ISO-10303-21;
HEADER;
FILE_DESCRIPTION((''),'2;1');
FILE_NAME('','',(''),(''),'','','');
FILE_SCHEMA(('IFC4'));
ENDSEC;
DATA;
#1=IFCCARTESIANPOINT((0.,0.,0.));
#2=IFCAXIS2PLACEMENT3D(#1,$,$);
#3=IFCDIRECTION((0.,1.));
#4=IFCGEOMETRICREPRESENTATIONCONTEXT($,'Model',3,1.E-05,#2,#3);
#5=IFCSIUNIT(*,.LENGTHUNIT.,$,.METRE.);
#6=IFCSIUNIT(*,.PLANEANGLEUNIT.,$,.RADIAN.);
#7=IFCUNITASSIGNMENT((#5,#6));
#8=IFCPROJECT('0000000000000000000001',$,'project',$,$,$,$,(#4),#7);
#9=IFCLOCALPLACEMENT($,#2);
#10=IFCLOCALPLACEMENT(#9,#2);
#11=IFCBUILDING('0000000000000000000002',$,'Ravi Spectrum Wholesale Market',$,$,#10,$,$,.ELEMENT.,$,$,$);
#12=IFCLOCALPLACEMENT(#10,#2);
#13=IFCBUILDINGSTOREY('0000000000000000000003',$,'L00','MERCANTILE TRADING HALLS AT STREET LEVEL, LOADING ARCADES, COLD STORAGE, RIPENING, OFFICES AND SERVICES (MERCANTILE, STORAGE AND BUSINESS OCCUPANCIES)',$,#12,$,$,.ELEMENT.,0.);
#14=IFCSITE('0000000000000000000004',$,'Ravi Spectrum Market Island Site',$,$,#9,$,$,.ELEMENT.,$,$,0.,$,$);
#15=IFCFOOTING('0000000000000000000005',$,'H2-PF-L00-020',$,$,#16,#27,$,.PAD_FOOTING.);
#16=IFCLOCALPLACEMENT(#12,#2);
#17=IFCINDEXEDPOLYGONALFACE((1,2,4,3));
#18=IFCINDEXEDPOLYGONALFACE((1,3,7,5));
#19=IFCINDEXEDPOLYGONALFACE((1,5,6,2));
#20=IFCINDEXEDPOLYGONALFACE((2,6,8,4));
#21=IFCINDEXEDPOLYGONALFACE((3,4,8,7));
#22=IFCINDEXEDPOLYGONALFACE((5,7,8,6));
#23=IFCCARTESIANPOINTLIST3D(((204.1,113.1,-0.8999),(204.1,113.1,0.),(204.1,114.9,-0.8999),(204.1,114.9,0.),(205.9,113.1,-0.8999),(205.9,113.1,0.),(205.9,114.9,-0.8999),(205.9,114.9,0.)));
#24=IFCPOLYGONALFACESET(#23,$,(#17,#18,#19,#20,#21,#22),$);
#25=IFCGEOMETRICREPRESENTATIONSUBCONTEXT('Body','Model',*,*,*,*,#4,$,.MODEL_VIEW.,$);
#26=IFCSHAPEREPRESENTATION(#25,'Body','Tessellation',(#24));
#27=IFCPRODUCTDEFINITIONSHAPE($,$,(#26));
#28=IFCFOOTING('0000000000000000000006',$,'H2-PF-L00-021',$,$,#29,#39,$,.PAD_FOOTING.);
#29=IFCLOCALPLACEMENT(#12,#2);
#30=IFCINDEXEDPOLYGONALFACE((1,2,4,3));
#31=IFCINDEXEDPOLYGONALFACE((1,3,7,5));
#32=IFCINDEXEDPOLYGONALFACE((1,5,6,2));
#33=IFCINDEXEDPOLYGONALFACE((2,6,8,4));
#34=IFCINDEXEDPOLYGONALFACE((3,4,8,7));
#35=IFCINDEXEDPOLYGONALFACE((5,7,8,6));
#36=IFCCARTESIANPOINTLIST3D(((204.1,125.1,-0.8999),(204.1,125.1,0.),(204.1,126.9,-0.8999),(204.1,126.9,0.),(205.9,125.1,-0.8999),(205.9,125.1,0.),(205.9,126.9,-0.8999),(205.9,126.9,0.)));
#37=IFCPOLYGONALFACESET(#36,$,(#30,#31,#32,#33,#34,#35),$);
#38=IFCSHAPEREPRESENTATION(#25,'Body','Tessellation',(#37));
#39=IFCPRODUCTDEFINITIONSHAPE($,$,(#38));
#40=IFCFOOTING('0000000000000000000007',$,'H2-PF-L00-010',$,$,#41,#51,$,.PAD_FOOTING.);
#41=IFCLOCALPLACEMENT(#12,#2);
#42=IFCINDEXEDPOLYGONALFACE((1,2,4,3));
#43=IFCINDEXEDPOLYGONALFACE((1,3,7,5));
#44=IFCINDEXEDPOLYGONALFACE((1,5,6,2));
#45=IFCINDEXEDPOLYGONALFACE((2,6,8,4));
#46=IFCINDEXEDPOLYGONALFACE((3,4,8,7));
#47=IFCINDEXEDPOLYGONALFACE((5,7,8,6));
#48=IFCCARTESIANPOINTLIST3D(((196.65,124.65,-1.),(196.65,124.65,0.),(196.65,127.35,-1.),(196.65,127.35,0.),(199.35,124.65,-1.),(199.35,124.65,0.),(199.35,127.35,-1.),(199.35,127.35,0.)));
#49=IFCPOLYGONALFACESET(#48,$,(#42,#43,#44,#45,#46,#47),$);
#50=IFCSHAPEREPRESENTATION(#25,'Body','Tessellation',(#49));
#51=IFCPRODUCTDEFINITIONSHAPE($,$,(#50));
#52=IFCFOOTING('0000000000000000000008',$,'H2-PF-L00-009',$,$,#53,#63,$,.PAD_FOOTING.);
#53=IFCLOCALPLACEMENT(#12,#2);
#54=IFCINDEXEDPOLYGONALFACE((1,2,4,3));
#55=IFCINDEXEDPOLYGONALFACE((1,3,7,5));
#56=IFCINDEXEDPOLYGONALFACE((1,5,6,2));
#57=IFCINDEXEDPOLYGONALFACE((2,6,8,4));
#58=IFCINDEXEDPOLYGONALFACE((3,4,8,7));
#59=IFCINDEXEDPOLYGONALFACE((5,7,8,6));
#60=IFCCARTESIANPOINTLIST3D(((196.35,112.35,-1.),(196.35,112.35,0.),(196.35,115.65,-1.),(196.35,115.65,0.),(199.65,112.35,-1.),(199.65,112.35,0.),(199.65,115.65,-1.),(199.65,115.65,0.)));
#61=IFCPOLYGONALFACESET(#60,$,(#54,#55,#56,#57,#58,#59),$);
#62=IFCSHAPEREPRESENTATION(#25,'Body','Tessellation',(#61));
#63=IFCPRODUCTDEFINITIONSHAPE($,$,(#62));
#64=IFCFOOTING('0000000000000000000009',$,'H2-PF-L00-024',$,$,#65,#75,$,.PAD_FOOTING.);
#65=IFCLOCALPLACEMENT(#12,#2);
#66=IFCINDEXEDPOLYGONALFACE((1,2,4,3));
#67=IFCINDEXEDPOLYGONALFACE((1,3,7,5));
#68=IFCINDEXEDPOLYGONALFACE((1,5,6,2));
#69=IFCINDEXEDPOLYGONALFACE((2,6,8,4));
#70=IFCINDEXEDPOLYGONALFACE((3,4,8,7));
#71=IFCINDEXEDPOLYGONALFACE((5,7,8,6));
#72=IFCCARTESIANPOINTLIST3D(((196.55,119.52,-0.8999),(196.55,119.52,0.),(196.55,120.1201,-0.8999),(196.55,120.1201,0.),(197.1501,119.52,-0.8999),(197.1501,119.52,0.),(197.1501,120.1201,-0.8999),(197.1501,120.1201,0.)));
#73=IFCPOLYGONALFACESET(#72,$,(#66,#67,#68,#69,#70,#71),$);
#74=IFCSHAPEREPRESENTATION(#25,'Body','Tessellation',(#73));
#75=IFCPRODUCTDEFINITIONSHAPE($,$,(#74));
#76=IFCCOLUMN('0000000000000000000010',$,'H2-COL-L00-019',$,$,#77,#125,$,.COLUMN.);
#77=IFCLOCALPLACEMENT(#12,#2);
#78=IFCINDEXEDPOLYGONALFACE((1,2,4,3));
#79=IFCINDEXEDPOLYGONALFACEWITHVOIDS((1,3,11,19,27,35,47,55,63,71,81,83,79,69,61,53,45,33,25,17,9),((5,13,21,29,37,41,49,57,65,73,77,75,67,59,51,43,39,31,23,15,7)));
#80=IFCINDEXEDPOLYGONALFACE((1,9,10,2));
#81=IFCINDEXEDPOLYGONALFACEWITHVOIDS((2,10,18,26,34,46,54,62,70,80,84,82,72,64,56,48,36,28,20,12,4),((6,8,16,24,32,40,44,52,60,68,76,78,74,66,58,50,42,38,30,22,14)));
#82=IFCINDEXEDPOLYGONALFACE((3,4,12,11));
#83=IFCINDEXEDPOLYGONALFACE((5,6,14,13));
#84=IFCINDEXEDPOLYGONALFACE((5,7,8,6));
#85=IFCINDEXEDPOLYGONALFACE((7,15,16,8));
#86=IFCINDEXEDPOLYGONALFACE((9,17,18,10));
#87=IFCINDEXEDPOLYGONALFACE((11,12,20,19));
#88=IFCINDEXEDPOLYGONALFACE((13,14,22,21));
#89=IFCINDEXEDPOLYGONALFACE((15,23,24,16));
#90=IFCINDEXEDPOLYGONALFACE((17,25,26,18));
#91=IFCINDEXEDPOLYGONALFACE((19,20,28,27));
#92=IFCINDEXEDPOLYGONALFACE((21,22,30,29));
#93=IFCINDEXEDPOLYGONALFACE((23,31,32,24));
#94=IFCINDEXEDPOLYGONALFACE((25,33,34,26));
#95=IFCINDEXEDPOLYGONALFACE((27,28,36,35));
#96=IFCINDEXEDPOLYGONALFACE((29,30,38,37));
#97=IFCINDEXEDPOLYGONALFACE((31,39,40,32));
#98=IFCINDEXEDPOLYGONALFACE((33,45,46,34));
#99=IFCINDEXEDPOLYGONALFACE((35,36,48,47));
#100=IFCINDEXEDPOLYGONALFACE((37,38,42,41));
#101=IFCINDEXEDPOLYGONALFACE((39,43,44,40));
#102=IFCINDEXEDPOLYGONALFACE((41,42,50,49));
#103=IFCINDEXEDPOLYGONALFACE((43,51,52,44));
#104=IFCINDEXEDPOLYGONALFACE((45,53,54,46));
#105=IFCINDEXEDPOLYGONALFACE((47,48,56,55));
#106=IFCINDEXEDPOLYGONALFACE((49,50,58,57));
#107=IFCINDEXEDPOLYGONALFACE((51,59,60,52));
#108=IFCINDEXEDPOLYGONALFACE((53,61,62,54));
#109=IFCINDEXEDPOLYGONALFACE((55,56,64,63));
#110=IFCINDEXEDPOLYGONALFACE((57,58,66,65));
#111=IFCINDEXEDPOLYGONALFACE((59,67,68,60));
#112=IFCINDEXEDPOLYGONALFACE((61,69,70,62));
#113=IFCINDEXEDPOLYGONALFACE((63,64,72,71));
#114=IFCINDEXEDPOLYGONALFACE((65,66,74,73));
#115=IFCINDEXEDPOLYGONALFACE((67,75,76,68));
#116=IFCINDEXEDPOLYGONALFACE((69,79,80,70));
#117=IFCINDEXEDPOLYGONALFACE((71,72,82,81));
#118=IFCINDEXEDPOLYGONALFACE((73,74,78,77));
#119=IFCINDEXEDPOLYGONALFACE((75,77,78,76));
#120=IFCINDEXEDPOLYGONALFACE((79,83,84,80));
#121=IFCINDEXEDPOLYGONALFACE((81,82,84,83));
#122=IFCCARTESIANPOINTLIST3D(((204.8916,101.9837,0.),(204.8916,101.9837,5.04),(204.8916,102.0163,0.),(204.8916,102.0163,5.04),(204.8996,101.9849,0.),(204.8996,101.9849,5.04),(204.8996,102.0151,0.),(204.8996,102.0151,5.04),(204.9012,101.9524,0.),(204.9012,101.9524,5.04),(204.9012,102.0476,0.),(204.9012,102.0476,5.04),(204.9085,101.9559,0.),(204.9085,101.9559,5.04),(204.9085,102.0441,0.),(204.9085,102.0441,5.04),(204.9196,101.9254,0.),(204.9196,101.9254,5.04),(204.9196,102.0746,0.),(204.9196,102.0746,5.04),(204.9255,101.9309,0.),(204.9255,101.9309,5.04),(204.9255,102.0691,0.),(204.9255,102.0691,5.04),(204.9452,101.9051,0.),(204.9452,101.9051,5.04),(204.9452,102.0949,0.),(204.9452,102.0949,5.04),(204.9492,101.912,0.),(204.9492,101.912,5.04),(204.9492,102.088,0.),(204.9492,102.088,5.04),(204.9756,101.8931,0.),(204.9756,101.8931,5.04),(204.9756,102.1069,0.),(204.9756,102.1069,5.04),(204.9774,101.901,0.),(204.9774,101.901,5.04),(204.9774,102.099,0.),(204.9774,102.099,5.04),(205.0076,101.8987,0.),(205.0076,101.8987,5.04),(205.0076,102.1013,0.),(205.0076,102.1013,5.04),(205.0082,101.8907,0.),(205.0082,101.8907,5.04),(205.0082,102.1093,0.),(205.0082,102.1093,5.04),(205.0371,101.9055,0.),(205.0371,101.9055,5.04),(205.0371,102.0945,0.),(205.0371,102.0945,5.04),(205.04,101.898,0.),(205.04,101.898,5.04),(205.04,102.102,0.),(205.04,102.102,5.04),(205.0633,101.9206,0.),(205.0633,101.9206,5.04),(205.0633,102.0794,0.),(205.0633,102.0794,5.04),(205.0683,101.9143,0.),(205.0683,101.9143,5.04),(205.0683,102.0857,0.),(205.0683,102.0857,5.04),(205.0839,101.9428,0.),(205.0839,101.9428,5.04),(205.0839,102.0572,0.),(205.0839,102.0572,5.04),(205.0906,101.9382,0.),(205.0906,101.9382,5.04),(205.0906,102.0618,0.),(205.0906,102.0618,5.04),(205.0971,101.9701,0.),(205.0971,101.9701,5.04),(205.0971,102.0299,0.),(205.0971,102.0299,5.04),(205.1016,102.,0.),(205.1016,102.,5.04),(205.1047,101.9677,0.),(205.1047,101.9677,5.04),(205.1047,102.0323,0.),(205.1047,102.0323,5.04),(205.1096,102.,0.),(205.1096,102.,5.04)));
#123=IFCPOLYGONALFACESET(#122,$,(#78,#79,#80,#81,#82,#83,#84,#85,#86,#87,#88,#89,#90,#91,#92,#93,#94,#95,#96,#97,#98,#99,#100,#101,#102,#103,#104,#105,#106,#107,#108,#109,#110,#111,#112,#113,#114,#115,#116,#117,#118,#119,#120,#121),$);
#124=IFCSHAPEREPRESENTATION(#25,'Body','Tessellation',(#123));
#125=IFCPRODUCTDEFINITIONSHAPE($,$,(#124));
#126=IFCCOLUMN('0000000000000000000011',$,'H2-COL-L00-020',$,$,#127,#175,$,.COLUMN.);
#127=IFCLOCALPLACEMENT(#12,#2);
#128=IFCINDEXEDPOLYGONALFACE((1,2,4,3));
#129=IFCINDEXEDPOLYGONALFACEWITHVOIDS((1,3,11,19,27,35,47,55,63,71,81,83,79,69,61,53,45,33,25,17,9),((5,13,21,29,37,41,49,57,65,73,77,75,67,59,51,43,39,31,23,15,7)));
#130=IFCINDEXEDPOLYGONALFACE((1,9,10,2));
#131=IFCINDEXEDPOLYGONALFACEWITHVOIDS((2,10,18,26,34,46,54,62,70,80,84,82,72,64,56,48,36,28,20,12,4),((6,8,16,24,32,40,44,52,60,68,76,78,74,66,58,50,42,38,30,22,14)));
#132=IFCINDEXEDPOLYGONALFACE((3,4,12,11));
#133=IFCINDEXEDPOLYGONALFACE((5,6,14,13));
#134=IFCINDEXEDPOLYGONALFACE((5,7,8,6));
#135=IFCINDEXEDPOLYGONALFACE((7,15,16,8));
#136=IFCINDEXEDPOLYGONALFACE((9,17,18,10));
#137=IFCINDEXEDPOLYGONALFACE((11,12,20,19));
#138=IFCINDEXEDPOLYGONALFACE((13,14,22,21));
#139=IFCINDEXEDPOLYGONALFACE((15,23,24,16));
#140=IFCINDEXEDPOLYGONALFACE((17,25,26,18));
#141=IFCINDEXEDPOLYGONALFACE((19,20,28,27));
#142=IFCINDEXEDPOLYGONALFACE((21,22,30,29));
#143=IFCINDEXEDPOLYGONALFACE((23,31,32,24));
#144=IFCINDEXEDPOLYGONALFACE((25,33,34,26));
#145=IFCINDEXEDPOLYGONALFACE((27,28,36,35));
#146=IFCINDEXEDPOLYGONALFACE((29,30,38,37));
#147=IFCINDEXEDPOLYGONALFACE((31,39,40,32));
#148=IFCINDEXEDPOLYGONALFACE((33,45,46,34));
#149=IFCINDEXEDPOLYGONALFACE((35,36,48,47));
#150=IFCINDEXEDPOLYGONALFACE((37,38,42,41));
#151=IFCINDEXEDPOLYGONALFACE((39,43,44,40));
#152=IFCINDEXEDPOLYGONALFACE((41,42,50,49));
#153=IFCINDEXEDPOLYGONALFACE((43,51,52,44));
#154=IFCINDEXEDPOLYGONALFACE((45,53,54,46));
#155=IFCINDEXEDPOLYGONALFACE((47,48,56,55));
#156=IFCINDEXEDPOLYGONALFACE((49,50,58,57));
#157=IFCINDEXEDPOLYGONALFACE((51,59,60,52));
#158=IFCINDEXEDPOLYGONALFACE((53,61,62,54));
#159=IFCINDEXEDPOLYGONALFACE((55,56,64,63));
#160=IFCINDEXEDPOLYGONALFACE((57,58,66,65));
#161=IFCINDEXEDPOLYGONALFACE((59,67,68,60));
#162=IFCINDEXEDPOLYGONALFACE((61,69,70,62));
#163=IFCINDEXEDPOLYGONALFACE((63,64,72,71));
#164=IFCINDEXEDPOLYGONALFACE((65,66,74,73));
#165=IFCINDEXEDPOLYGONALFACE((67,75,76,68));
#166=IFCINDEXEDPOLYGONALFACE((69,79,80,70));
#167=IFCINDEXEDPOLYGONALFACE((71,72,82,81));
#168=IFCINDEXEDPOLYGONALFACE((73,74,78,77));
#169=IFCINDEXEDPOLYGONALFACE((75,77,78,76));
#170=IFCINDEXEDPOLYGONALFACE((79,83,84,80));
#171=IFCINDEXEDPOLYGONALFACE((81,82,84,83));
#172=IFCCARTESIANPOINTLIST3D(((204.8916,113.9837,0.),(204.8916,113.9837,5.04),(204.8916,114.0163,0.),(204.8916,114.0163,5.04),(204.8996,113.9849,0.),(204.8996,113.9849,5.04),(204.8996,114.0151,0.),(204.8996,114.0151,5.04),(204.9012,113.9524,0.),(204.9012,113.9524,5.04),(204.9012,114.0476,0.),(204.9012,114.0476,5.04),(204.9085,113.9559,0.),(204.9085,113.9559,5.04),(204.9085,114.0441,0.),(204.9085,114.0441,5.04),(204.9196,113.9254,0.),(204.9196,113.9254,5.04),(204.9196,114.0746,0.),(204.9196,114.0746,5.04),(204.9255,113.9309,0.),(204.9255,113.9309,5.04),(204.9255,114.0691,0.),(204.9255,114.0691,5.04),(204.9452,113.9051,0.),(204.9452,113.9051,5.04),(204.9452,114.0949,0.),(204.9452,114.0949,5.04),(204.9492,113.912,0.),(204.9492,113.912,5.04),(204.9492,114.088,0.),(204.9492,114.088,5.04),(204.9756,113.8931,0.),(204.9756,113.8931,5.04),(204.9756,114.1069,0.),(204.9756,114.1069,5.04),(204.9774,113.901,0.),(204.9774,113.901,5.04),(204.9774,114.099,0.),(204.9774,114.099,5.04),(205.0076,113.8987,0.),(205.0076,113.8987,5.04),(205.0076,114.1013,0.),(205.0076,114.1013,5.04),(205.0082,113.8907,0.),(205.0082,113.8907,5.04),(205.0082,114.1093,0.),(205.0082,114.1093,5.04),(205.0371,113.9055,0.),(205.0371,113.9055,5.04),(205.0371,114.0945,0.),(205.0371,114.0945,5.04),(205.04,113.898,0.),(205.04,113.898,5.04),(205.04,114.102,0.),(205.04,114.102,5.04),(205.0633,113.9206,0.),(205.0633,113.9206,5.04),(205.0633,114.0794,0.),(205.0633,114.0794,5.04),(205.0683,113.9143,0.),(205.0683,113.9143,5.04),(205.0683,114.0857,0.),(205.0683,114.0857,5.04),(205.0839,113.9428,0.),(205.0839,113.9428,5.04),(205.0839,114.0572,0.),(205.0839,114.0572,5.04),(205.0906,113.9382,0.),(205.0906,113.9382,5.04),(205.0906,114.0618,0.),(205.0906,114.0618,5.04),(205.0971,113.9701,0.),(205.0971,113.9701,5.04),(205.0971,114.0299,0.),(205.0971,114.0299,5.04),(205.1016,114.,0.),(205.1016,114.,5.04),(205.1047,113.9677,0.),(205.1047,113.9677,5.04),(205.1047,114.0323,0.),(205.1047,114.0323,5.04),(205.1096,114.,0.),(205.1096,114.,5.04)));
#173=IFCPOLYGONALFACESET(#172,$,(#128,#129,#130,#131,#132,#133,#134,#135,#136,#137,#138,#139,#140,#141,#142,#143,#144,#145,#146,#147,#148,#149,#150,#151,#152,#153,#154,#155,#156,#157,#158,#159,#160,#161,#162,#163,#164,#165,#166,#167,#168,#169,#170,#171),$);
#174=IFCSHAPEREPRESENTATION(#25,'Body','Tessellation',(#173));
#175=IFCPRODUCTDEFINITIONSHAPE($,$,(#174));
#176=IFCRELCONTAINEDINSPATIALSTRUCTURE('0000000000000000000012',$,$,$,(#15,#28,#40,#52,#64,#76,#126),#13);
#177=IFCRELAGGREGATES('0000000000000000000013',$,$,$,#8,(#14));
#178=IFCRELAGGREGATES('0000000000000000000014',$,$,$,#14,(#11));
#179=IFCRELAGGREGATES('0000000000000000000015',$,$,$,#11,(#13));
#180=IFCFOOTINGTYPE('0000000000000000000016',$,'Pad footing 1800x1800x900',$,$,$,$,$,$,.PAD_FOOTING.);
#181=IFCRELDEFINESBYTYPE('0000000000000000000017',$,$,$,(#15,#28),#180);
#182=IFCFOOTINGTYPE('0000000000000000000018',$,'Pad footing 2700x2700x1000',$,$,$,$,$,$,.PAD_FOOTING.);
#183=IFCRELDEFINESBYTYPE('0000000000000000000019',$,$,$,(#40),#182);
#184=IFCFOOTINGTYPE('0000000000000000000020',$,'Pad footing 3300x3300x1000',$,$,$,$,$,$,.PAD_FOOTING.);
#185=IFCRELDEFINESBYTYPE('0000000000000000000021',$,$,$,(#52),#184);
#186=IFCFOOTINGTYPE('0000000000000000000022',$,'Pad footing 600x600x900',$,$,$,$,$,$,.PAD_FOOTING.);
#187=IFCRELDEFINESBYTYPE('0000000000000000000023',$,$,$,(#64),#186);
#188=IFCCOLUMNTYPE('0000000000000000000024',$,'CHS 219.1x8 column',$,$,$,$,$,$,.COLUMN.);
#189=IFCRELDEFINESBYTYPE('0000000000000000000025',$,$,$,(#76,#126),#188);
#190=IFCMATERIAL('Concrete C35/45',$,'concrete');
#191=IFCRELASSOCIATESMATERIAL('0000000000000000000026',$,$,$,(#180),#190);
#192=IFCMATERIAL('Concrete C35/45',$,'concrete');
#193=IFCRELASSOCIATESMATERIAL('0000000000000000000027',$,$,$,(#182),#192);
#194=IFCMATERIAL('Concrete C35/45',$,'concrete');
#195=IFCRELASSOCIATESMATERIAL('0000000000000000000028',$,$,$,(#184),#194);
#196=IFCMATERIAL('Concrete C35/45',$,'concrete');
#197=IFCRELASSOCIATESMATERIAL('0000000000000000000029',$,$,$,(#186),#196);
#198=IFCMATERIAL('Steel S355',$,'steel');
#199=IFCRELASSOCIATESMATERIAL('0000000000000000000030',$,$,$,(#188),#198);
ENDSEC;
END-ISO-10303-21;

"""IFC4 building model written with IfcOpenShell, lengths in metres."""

from ifc_helpers import new_model, si_unit, direction, frame, origin, origin_2d, place, context, subcontext, project, spatial, rectangle, hollow_circle, extrude, material, material_profile, profile_set, type_object, element, save


model = new_model("IFC4")

# Units and contexts
model_context = context("Model", 3, precision=1e-05, world=origin(), true_north=direction((0.0, 1.0)))
body_context = subcontext(model_context, "Body", "Model", "MODEL_VIEW")
ifc_project = project(units=[si_unit("LENGTHUNIT", "METRE"), si_unit("PLANEANGLEUNIT", "RADIAN")], contexts=[model_context])

# Site, building, storey
site_placement = place(None, origin())
site = spatial("IfcSite", under=ifc_project, at=site_placement, Name="Ravi Spectrum Market Island Site", CompositionType="ELEMENT", RefElevation=0.0)
building_placement = place(site_placement, origin())
building = spatial("IfcBuilding", under=site, at=building_placement, Name="Ravi Spectrum Wholesale Market", CompositionType="ELEMENT")
storey_placement = place(building_placement, origin())
storey = spatial("IfcBuildingStorey", under=building, at=storey_placement, Name="L00", Description="MERCANTILE TRADING HALLS AT STREET LEVEL, LOADING ARCADES, COLD STORAGE, RIPENING, OFFICES AND SERVICES (MERCANTILE, STORAGE AND BUSINESS OCCUPANCIES)", CompositionType="ELEMENT", Elevation=0.0)

# Footings
ifc_material_1 = material(Name="Concrete C35/45", Category="concrete")
footing_type_1 = type_object("IfcFootingType", Name="Pad footing 1800x1800x900", PredefinedType="PAD_FOOTING", material=ifc_material_1)
for number, where, z_axis, x_axis, name in (
    (1, (205.0, 114.0, -0.8999), (0.0, 0.0, 1.0), (1.0, 0.0, 0.0), "H2-PF-L00-020"),
    (2, (205.0, 126.0, -0.8999), (0.0, 0.0, 1.0), (1.0, 0.0, 0.0), "H2-PF-L00-021"),
):
    element("IfcFooting", number, at=place(storey_placement, frame(where, z_axis=z_axis, x_axis=x_axis)), inside=storey, type_object=footing_type_1, Name=name, PredefinedType="PAD_FOOTING", context=body_context, shape_type="SweptSolid", body=[
        extrude(rectangle(XDim=1.8, YDim=1.8, at=origin_2d()), origin(), (0.0, 0.0, 1.0), 0.8999),
    ])
ifc_material_2 = material(Name="Concrete C35/45", Category="concrete")
footing_type_2 = type_object("IfcFootingType", Name="Pad footing 2700x2700x1000", PredefinedType="PAD_FOOTING", material=ifc_material_2)
footing_1_placement = place(storey_placement, frame((198.0, 126.0, -1.0), z_axis=(0.0, 0.0, 1.0), x_axis=(1.0, 0.0, 0.0)))
element("IfcFooting", 3, at=footing_1_placement, inside=storey, type_object=footing_type_2, Name="H2-PF-L00-010", PredefinedType="PAD_FOOTING", context=body_context, shape_type="SweptSolid", body=[
    extrude(rectangle(XDim=2.7, YDim=2.7, at=origin_2d()), origin(), (0.0, 0.0, 1.0), 1.0),
])
ifc_material_3 = material(Name="Concrete C35/45", Category="concrete")
footing_type_3 = type_object("IfcFootingType", Name="Pad footing 3300x3300x1000", PredefinedType="PAD_FOOTING", material=ifc_material_3)
footing_2_placement = place(storey_placement, frame((198.0, 114.0, -1.0), z_axis=(0.0, 0.0, 1.0), x_axis=(1.0, 0.0, 0.0)))
element("IfcFooting", 4, at=footing_2_placement, inside=storey, type_object=footing_type_3, Name="H2-PF-L00-009", PredefinedType="PAD_FOOTING", context=body_context, shape_type="SweptSolid", body=[
    extrude(rectangle(XDim=3.3, YDim=3.3, at=origin_2d()), origin(), (0.0, 0.0, 1.0), 1.0),
])
ifc_material_4 = material(Name="Concrete C35/45", Category="concrete")
footing_type_4 = type_object("IfcFootingType", Name="Pad footing 600x600x900", PredefinedType="PAD_FOOTING", material=ifc_material_4)
footing_3_placement = place(storey_placement, frame((196.8501, 119.8201, -0.8999), z_axis=(0.0, 0.0, 1.0), x_axis=(1.0, 0.0, 0.0)))
element("IfcFooting", 5, at=footing_3_placement, inside=storey, type_object=footing_type_4, Name="H2-PF-L00-024", PredefinedType="PAD_FOOTING", context=body_context, shape_type="SweptSolid", body=[
    extrude(rectangle(XDim=0.6001, YDim=0.6001, at=origin_2d()), origin(), (0.0, 0.0, 1.0), 0.8999),
])

# Columns
ifc_material_5 = material(Name="Steel S355", Category="steel")
ifc_material_profile_1 = material_profile(ifc_material_5, hollow_circle(Radius=0.1096, WallThickness=0.0081, at=origin_2d()))
ifc_profile_set_1 = profile_set([ifc_material_profile_1], Name="Steel S355")
column_type_1 = type_object("IfcColumnType", Name="CHS 219.1x8 column", PredefinedType="COLUMN", material=ifc_profile_set_1)
for number, where, z_axis, x_axis, name in (
    (6, (205.0, 102.0, 0.0), (0.0, 0.0, 1.0), (1.0, 0.0, 0.0), "H2-COL-L00-019"),
    (7, (205.0, 114.0, 0.0), (0.0, 0.0, 1.0), (1.0, 0.0, 0.0), "H2-COL-L00-020"),
):
    element("IfcColumn", number, at=place(storey_placement, frame(where, z_axis=z_axis, x_axis=x_axis)), inside=storey, type_object=column_type_1, Name=name, PredefinedType="COLUMN", context=body_context, shape_type="SweptSolid", body=[
        extrude(hollow_circle(Radius=0.1096, WallThickness=0.0081, at=origin_2d()), origin(), (0.0, 0.0, 1.0), 5.04),
    ])

save(model, "model.ifc")
